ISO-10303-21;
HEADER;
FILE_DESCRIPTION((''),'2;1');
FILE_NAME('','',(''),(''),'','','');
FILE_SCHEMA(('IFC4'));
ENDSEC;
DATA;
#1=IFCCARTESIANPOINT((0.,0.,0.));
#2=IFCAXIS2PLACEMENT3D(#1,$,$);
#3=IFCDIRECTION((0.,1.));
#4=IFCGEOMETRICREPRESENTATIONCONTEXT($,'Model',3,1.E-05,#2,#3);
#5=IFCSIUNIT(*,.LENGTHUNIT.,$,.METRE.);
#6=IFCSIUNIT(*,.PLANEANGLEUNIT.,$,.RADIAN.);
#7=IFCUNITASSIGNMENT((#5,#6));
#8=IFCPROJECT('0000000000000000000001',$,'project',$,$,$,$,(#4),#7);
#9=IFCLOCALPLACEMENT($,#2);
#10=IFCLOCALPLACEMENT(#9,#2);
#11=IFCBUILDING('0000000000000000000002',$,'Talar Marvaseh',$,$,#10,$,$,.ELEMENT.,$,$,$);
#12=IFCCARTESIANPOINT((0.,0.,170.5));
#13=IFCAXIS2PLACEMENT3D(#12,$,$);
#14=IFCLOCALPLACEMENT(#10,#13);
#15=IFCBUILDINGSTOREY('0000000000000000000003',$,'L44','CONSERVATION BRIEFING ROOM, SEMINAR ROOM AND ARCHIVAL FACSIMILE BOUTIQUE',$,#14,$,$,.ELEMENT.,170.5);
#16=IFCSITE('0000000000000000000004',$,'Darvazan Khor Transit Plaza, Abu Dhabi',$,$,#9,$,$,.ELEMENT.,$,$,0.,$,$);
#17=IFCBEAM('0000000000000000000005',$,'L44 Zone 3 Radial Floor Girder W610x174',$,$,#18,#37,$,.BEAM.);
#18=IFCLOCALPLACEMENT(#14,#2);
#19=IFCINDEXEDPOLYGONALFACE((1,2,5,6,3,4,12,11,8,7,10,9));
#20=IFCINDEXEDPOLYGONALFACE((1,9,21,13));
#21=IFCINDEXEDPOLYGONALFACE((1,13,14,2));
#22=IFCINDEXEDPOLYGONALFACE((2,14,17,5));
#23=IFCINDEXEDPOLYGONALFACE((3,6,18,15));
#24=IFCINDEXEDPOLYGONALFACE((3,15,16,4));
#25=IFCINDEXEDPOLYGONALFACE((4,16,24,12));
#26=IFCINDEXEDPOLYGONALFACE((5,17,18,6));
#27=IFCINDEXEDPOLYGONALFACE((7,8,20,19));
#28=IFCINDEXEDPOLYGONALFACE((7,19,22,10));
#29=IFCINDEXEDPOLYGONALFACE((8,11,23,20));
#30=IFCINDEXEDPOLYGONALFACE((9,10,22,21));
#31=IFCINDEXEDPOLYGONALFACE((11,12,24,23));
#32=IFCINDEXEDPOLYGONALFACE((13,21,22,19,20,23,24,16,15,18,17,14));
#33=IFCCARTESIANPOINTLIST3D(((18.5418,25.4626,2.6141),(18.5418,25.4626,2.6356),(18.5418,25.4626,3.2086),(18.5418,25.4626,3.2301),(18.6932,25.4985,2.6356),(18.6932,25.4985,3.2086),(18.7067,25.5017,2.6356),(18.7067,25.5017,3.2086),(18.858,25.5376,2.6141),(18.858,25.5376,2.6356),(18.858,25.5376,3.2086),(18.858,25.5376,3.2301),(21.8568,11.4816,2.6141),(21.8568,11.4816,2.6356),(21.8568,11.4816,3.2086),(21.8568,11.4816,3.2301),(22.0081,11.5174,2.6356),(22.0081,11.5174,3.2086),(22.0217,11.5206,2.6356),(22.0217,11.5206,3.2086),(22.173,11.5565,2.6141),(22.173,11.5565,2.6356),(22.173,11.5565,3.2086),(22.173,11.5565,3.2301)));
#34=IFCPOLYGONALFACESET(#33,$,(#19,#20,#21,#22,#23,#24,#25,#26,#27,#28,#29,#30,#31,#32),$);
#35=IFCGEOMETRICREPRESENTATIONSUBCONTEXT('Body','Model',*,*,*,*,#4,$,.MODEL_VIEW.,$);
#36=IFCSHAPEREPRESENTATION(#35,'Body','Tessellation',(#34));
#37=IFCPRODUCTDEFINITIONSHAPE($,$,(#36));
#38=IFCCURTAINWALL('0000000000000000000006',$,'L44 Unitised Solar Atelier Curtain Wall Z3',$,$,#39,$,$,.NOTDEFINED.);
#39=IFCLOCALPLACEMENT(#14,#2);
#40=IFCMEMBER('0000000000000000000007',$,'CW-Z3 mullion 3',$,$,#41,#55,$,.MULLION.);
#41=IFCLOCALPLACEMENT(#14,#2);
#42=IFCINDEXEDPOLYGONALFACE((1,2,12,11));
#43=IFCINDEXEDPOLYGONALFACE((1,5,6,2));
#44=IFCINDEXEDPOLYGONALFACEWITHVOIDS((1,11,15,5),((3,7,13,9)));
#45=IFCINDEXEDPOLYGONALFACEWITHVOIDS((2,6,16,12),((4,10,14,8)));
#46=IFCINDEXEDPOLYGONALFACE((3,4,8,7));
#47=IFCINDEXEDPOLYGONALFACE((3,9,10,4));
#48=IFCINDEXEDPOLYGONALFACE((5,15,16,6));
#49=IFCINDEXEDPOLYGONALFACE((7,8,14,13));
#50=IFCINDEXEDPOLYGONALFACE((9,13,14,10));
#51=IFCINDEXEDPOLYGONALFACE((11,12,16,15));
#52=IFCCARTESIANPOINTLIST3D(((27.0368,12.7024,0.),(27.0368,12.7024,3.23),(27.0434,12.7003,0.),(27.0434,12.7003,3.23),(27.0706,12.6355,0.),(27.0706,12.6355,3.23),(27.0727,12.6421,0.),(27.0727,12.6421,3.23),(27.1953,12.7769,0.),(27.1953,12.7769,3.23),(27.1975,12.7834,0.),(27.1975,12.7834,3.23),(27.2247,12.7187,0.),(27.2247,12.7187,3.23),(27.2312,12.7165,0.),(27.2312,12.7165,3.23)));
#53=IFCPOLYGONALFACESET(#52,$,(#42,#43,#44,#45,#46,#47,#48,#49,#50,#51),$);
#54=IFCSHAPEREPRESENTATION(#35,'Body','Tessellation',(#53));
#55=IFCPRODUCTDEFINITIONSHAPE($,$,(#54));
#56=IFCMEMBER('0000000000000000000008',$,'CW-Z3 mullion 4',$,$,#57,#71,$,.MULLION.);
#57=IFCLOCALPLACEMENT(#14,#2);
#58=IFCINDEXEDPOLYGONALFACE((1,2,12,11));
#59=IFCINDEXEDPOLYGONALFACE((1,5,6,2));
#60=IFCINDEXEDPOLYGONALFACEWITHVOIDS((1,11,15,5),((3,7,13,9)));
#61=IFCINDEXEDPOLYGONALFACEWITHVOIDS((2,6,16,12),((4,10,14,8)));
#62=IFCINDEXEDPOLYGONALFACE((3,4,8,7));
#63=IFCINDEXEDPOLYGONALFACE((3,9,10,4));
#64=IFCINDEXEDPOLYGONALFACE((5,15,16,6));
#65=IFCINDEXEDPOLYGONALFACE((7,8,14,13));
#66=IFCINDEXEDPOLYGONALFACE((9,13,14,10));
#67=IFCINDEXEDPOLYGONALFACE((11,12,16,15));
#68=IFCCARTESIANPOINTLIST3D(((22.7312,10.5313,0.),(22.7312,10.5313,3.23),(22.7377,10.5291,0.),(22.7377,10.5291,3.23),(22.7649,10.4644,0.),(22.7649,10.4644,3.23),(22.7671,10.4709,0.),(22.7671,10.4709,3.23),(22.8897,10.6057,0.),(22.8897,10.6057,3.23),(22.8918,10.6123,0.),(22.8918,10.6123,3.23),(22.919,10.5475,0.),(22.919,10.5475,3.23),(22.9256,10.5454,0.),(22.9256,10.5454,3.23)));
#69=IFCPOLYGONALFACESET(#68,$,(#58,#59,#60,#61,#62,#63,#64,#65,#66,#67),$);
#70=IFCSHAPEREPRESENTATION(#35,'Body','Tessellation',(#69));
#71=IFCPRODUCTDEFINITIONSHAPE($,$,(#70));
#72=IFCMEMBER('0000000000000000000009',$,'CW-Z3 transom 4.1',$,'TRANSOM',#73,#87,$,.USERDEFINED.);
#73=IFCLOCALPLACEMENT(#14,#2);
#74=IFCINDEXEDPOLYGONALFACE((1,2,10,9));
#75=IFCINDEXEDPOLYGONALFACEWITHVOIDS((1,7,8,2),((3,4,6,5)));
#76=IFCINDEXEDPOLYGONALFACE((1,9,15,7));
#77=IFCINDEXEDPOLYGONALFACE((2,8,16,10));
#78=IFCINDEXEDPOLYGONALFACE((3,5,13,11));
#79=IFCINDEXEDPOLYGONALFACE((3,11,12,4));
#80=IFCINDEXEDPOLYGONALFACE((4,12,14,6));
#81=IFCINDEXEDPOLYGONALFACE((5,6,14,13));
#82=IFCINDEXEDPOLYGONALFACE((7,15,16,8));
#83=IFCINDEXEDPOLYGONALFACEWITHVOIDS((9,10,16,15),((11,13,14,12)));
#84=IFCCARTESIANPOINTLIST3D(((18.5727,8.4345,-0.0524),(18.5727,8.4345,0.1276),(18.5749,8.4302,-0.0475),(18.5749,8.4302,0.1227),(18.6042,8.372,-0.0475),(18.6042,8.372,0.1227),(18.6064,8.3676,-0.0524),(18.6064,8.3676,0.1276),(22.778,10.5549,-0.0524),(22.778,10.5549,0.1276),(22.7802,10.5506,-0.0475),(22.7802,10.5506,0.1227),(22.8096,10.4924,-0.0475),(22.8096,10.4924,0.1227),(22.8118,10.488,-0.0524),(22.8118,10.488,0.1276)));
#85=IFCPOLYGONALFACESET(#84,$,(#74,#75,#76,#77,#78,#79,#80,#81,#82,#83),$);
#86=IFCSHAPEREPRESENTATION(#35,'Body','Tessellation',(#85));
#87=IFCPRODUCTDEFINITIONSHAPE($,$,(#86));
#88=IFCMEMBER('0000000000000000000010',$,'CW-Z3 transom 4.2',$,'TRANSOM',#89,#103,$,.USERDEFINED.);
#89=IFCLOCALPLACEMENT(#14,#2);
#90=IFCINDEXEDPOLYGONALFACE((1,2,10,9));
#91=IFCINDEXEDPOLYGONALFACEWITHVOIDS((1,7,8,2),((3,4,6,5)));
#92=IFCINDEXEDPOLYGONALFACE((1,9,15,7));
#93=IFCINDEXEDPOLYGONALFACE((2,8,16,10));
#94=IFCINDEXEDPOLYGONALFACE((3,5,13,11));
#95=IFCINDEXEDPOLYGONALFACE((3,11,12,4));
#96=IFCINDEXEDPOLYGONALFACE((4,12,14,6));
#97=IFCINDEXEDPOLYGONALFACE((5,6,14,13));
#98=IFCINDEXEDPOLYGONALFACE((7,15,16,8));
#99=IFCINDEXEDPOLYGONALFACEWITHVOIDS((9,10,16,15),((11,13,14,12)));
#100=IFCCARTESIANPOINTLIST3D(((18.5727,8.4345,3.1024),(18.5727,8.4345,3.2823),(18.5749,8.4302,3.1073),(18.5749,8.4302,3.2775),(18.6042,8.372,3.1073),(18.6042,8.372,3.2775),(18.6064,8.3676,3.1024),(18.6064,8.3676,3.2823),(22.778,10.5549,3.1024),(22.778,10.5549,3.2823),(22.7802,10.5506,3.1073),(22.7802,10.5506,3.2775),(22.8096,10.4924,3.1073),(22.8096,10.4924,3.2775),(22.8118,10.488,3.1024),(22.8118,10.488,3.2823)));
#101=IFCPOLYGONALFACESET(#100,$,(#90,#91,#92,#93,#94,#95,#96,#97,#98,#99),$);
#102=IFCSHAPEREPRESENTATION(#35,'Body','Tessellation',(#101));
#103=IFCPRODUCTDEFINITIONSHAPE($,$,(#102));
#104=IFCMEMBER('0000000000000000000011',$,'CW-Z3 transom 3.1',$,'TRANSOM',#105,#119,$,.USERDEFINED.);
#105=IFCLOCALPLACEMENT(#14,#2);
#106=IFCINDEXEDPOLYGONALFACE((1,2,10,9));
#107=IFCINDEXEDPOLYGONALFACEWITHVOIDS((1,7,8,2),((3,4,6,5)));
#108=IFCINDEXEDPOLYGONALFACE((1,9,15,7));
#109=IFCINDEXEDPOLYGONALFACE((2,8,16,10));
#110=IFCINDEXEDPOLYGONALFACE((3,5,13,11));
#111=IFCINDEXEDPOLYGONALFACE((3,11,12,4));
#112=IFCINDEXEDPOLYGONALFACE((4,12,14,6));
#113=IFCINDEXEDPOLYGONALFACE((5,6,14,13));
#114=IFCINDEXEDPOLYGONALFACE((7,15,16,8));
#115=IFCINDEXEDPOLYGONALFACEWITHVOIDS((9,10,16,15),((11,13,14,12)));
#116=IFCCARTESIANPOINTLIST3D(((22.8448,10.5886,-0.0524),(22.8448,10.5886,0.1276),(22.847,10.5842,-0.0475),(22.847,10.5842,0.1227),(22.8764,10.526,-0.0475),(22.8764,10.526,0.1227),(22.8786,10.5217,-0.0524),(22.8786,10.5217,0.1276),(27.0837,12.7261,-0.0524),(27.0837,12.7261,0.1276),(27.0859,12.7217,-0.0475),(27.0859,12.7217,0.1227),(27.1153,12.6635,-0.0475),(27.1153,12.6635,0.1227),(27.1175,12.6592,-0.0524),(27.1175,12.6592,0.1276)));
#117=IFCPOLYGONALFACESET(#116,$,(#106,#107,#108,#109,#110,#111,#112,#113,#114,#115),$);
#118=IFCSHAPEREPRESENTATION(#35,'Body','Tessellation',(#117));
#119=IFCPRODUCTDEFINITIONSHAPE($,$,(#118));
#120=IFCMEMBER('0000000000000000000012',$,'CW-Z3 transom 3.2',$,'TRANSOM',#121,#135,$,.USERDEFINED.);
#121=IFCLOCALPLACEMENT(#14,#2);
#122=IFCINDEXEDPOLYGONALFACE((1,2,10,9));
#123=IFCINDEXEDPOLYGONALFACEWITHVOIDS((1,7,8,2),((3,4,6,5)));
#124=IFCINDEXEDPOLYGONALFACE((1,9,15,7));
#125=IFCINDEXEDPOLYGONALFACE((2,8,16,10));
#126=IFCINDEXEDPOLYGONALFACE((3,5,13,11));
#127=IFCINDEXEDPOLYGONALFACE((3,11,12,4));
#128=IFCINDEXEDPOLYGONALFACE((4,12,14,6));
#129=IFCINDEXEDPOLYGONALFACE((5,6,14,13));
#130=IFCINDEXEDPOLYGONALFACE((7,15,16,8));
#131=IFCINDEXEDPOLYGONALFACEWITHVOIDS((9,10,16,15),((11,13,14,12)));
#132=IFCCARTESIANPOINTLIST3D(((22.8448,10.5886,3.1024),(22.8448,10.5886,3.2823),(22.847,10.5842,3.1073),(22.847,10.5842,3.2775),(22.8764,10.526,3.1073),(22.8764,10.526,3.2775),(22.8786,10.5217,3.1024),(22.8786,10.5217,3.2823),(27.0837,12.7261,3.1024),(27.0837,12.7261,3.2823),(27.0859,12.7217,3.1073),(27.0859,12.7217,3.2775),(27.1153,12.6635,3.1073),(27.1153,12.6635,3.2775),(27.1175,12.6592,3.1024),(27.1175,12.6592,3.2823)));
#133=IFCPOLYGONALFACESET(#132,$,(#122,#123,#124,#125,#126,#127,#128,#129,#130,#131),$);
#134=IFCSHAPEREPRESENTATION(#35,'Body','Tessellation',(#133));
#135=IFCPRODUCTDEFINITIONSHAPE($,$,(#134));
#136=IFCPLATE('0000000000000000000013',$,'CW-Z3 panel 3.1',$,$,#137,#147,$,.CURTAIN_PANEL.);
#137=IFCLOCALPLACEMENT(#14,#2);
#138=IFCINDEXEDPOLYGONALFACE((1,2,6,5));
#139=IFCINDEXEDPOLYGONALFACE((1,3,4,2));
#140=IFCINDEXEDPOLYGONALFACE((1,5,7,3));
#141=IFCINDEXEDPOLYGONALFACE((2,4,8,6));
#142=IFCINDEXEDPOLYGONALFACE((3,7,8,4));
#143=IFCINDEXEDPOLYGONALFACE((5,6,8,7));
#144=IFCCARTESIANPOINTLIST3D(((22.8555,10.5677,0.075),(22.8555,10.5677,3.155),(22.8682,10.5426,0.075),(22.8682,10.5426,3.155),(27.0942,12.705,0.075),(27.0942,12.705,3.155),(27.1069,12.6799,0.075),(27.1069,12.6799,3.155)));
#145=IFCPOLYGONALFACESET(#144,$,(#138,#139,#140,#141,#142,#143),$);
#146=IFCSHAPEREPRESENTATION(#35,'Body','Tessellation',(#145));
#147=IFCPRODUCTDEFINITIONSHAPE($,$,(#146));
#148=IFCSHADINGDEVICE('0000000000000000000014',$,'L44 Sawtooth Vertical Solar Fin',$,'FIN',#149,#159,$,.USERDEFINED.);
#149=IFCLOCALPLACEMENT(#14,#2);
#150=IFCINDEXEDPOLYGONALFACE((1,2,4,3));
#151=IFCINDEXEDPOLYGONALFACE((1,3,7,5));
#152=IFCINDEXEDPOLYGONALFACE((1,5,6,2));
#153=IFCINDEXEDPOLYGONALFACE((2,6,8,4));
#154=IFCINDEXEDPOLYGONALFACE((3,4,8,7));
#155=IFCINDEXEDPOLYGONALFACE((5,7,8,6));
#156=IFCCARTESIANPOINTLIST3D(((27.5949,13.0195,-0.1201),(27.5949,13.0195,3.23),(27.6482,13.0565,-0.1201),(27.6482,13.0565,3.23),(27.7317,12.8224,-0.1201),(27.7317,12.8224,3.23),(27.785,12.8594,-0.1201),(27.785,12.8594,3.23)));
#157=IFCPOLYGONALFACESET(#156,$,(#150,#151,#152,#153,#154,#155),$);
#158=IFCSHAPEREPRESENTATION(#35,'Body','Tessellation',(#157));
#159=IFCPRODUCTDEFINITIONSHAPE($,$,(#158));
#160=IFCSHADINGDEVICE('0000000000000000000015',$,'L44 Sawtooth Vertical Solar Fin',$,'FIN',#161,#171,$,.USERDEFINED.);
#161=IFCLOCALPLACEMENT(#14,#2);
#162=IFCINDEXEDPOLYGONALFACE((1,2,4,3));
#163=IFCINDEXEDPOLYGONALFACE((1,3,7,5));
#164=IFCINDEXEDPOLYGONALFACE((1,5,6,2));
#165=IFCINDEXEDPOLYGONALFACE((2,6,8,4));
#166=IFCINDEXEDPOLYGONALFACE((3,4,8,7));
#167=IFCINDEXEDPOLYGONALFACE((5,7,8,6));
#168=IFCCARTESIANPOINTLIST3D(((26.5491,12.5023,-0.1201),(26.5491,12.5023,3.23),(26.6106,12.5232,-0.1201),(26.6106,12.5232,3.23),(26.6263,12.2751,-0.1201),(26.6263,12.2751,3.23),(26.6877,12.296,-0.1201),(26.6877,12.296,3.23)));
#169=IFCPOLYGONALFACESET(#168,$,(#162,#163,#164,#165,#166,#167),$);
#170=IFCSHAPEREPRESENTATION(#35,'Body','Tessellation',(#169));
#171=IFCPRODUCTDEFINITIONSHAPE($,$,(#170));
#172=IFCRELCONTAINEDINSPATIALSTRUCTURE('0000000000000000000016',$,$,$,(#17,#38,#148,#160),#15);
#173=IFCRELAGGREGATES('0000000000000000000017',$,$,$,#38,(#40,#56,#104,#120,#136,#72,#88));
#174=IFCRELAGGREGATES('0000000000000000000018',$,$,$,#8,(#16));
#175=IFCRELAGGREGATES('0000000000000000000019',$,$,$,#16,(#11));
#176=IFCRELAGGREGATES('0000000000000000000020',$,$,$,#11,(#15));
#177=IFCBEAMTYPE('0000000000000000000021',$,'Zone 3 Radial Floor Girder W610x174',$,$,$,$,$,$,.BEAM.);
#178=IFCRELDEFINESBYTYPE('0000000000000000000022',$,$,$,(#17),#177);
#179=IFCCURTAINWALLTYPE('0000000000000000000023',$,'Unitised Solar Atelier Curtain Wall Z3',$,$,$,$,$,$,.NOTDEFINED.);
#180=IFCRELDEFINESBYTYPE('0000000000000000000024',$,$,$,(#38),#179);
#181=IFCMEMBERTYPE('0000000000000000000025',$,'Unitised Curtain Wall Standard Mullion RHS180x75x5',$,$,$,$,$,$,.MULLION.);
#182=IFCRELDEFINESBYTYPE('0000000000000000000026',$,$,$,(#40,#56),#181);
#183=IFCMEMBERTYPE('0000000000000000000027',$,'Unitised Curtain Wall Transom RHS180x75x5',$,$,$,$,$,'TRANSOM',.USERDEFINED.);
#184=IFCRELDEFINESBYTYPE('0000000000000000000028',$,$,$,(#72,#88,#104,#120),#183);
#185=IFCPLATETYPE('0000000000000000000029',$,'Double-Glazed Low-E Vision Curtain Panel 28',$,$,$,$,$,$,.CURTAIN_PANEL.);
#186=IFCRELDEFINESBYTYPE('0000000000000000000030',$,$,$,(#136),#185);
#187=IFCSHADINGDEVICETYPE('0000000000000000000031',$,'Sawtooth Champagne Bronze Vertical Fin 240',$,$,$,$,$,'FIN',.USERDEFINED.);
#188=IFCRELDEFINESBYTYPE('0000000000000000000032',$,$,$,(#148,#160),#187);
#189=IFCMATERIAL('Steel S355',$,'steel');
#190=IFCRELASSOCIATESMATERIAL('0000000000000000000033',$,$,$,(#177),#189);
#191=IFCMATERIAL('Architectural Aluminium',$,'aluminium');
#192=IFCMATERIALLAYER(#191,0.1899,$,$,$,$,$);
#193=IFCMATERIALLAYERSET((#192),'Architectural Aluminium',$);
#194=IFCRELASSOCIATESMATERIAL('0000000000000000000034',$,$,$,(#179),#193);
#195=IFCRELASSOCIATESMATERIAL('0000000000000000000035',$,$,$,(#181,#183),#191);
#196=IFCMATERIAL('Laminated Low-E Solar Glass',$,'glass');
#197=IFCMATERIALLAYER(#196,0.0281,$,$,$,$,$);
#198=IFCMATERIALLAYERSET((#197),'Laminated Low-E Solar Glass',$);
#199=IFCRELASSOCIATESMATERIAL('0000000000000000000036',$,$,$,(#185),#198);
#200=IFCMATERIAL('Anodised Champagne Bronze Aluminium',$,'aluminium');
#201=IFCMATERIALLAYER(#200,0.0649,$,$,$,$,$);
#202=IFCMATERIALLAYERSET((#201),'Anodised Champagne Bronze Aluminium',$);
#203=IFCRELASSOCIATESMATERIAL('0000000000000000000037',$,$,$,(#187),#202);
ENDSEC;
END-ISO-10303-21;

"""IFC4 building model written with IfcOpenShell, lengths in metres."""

from ifc_helpers import new_model, si_unit, direction, frame, origin, origin_2d, place, context, subcontext, project, spatial, rectangle, hollow_rectangle, i_section, extrude, source, transform, mapped, material, layer, layer_set, material_profile, profile_set, type_object, type_shapes, element, aggregate, save


model = new_model("IFC4")

# Units and contexts
model_context = context("Model", 3, precision=1e-05, world=origin(), true_north=direction((0.0, 1.0)))
body_context = subcontext(model_context, "Body", "Model", "MODEL_VIEW")
ifc_project = project(units=[si_unit("LENGTHUNIT", "METRE"), si_unit("PLANEANGLEUNIT", "RADIAN")], contexts=[model_context])

# Site, building, storey
site_placement = place(None, origin())
site = spatial("IfcSite", under=ifc_project, at=site_placement, Name="Darvazan Khor Transit Plaza, Abu Dhabi", CompositionType="ELEMENT", RefElevation=0.0)
building_placement = place(site_placement, origin())
building = spatial("IfcBuilding", under=site, at=building_placement, Name="Talar Marvaseh", CompositionType="ELEMENT")
storey_placement = place(building_placement, frame((0.0, 0.0, 170.5)))
storey = spatial("IfcBuildingStorey", under=building, at=storey_placement, Name="L44", Description="CONSERVATION BRIEFING ROOM, SEMINAR ROOM AND ARCHIVAL FACSIMILE BOUTIQUE", CompositionType="ELEMENT", Elevation=170.5)

# Beam
ifc_material_1 = material(Name="Steel S355", Category="steel")
ifc_material_profile_1 = material_profile(ifc_material_1, i_section(OverallWidth=0.325, OverallDepth=0.616, WebThickness=0.0139, FlangeThickness=0.0215, at=origin_2d()), Name="W610x174")
ifc_profile_set_1 = profile_set([ifc_material_profile_1], Name="Steel S355")
beam_type = type_object("IfcBeamType", Name="Zone 3 Radial Floor Girder W610x174", PredefinedType="BEAM", material=ifc_profile_set_1)
beam_placement = place(storey_placement, frame((22.0149, 11.519, 2.9221), z_axis=(-0.230708, 0.973023, 0.0), x_axis=(-0.973023, -0.230708, 0.0)))
element("IfcBeam", 1, at=beam_placement, inside=storey, type_object=beam_type, Name="L44 Zone 3 Radial Floor Girder W610x174", PredefinedType="BEAM", context=body_context, shape_type="SweptSolid", body=[
    extrude(i_section(OverallWidth=0.325, OverallDepth=0.616, WebThickness=0.0139, FlangeThickness=0.0215, at=origin_2d()), origin(), (0.0, 0.0, 1.0), 14.3687),
])

# Curtain wall, members, plate
ifc_material_2 = material(Name="Architectural Aluminium", Category="aluminium")
ifc_layer_1 = layer(ifc_material_2, 0.1899)
ifc_layer_set_1 = layer_set([ifc_layer_1], Name="Architectural Aluminium")
curtain_wall_type = type_object("IfcCurtainWallType", Name="Unitised Solar Atelier Curtain Wall Z3", PredefinedType="NOTDEFINED", material=ifc_layer_set_1)
curtain_wall_placement = place(storey_placement, origin())
curtain_wall = element("IfcCurtainWall", 2, at=curtain_wall_placement, inside=storey, type_object=curtain_wall_type, Name="L44 Unitised Solar Atelier Curtain Wall Z3", PredefinedType="NOTDEFINED")
ifc_material_profile_2 = material_profile(ifc_material_2, hollow_rectangle(XDim=0.075, YDim=0.1799, WallThickness=0.0049, at=origin_2d()), Name="RHS180x75x5")
ifc_profile_set_2 = profile_set([ifc_material_profile_2], Name="Architectural Aluminium")
member_type_1 = type_object("IfcMemberType", Name="Unitised Curtain Wall Standard Mullion RHS180x75x5", PredefinedType="MULLION", material=ifc_profile_set_2)
shared_shape_1 = source(origin(), body_context, "Body", "SweptSolid", [
    extrude(hollow_rectangle(XDim=0.075, YDim=0.1799, WallThickness=0.0049, at=origin_2d()), origin(), (0.0, 0.0, 1.0), 3.23),
])
type_shapes(member_type_1, [shared_shape_1])
member_1_placement = place(storey_placement, frame((27.134, 12.7095, 0.0), z_axis=(0.0, 0.0, 1.0), x_axis=(0.450235, -0.89291, 0.0)))
member_1 = element("IfcMember", 3, at=member_1_placement, type_object=member_type_1, Name="CW-Z3 mullion 3", PredefinedType="MULLION", context=body_context, shape_type="MappedRepresentation", body=[
    mapped(shared_shape_1, transform((0.0, 0.0, 0.0), x_axis=(1.0, 0.0, 0.0), y_axis=(0.0, 1.0, 0.0), z_axis=(0.0, 0.0, 1.0), scale=1.0)),
])
member_2_placement = place(storey_placement, frame((22.8284, 10.5383, 0.0), z_axis=(0.0, 0.0, 1.0), x_axis=(0.450235, -0.89291, 0.0)))
member_2 = element("IfcMember", 4, at=member_2_placement, type_object=member_type_1, Name="CW-Z3 mullion 4", PredefinedType="MULLION", context=body_context, shape_type="MappedRepresentation", body=[
    mapped(shared_shape_1, transform((0.0, 0.0, 0.0), x_axis=(1.0, 0.0, 0.0), y_axis=(0.0, 1.0, 0.0), z_axis=(0.0, 0.0, 1.0), scale=1.0)),
])
ifc_material_profile_3 = material_profile(ifc_material_2, hollow_rectangle(XDim=0.075, YDim=0.1799, WallThickness=0.0049, at=origin_2d()), Name="RHS180x75x5")
ifc_profile_set_3 = profile_set([ifc_material_profile_3], Name="Architectural Aluminium")
member_type_2 = type_object("IfcMemberType", Name="Unitised Curtain Wall Transom RHS180x75x5", ElementType="TRANSOM", PredefinedType="USERDEFINED", material=ifc_profile_set_3)
shared_shape_2 = source(origin(), body_context, "Body", "SweptSolid", [
    extrude(hollow_rectangle(XDim=0.075, YDim=0.1799, WallThickness=0.0049, at=origin_2d()), origin(), (0.0, 0.0, 1.0), 4.7097),
])
member_3_placement = place(storey_placement, frame((22.7949, 10.5215, 0.0376), z_axis=(-0.892919, -0.450218, 0.0), x_axis=(0.450218, -0.892919, 0.0)))
member_3 = element("IfcMember", 5, at=member_3_placement, type_object=member_type_2, Name="CW-Z3 transom 4.1", ObjectType="TRANSOM", PredefinedType="USERDEFINED", context=body_context, shape_type="MappedRepresentation", body=[
    mapped(shared_shape_2, transform((0.0, 0.0, 0.0), x_axis=(1.0, 0.0, 0.0), y_axis=(0.0, 1.0, 0.0), z_axis=(0.0, 0.0, 1.0), scale=1.0)),
])
member_4_placement = place(storey_placement, frame((22.7949, 10.5215, 3.1924), z_axis=(-0.892919, -0.450218, 0.0), x_axis=(0.450218, -0.892919, 0.0)))
member_4 = element("IfcMember", 6, at=member_4_placement, type_object=member_type_2, Name="CW-Z3 transom 4.2", ObjectType="TRANSOM", PredefinedType="USERDEFINED", context=body_context, shape_type="MappedRepresentation", body=[
    mapped(shared_shape_2, transform((0.0, 0.0, 0.0), x_axis=(1.0, 0.0, 0.0), y_axis=(0.0, 1.0, 0.0), z_axis=(0.0, 0.0, 1.0), scale=1.0)),
])
shared_shape_3 = source(origin(), body_context, "Body", "SweptSolid", [
    extrude(hollow_rectangle(XDim=0.075, YDim=0.1799, WallThickness=0.0049, at=origin_2d()), origin(), (0.0, 0.0, 1.0), 4.7473),
])
type_shapes(member_type_2, [shared_shape_2, shared_shape_3])
member_5_placement = place(storey_placement, frame((27.1006, 12.6926, 0.0376), z_axis=(-0.8929, -0.450256, 0.0), x_axis=(0.450256, -0.8929, 0.0)))
member_5 = element("IfcMember", 7, at=member_5_placement, type_object=member_type_2, Name="CW-Z3 transom 3.1", ObjectType="TRANSOM", PredefinedType="USERDEFINED", context=body_context, shape_type="MappedRepresentation", body=[
    mapped(shared_shape_3, transform((0.0, 0.0, 0.0), x_axis=(1.0, 0.0, 0.0), y_axis=(0.0, 1.0, 0.0), z_axis=(0.0, 0.0, 1.0), scale=1.0)),
])
member_6_placement = place(storey_placement, frame((27.1006, 12.6926, 3.1924), z_axis=(-0.8929, -0.450256, 0.0), x_axis=(0.450256, -0.8929, 0.0)))
member_6 = element("IfcMember", 8, at=member_6_placement, type_object=member_type_2, Name="CW-Z3 transom 3.2", ObjectType="TRANSOM", PredefinedType="USERDEFINED", context=body_context, shape_type="MappedRepresentation", body=[
    mapped(shared_shape_3, transform((0.0, 0.0, 0.0), x_axis=(1.0, 0.0, 0.0), y_axis=(0.0, 1.0, 0.0), z_axis=(0.0, 0.0, 1.0), scale=1.0)),
])
ifc_material_3 = material(Name="Laminated Low-E Solar Glass", Category="glass")
ifc_layer_2 = layer(ifc_material_3, 0.0281)
ifc_layer_set_2 = layer_set([ifc_layer_2], Name="Laminated Low-E Solar Glass")
plate_type = type_object("IfcPlateType", Name="Double-Glazed Low-E Vision Curtain Panel 28", PredefinedType="CURTAIN_PANEL", material=ifc_layer_set_2)
shared_shape_4 = source(origin(), body_context, "Body", "SweptSolid", [
    extrude(rectangle(XDim=4.7471, YDim=0.0281, at=origin_2d()), origin(), (0.0, 0.0, 1.0), 3.0801),
])
type_shapes(plate_type, [shared_shape_4])
plate_placement = place(storey_placement, frame((24.9812, 11.6238, 0.075), z_axis=(0.0, 0.0, 1.0), x_axis=(-0.89291, -0.450235, 0.0)))
plate = element("IfcPlate", 9, at=plate_placement, type_object=plate_type, Name="CW-Z3 panel 3.1", PredefinedType="CURTAIN_PANEL", context=body_context, shape_type="MappedRepresentation", body=[
    mapped(shared_shape_4, transform((0.0, 0.0, 0.0), x_axis=(1.0, 0.0, 0.0), y_axis=(0.0, 1.0, 0.0), z_axis=(0.0, 0.0, 1.0), scale=1.0)),
])
aggregate(curtain_wall, [member_1, member_2, member_5, member_6, plate, member_3, member_4])

# Shading devices
ifc_material_4 = material(Name="Anodised Champagne Bronze Aluminium", Category="aluminium")
ifc_layer_3 = layer(ifc_material_4, 0.0649)
ifc_layer_set_3 = layer_set([ifc_layer_3], Name="Anodised Champagne Bronze Aluminium")
shading_device_type = type_object("IfcShadingDeviceType", Name="Sawtooth Champagne Bronze Vertical Fin 240", ElementType="FIN", PredefinedType="USERDEFINED", material=ifc_layer_set_3)
shared_shape_5 = source(origin(), body_context, "Body", "SweptSolid", [
    extrude(rectangle(XDim=0.24, YDim=0.0649, at=origin_2d()), origin(), (0.0, 0.0, 1.0), 3.3501),
])
type_shapes(shading_device_type, [shared_shape_5])
for number, where, z_axis, x_axis, name in (
    (10, (27.6899, 12.9395, -0.1201), (0.0, 0.0, 1.0), (0.57014, -0.821547, 0.0), "L44 Sawtooth Vertical Solar Fin"),
    (11, (26.6184, 12.3992, -0.1201), (0.0, 0.0, 1.0), (0.321605, -0.946874, 0.0), "L44 Sawtooth Vertical Solar Fin"),
):
    element("IfcShadingDevice", number, at=place(storey_placement, frame(where, z_axis=z_axis, x_axis=x_axis)), inside=storey, type_object=shading_device_type, Name=name, ObjectType="FIN", PredefinedType="USERDEFINED", context=body_context, shape_type="MappedRepresentation", body=[
        mapped(shared_shape_5, transform((0.0, 0.0, 0.0), x_axis=(1.0, 0.0, 0.0), y_axis=(0.0, 1.0, 0.0), z_axis=(0.0, 0.0, 1.0), scale=1.0)),
    ])

save(model, "model.ifc")
